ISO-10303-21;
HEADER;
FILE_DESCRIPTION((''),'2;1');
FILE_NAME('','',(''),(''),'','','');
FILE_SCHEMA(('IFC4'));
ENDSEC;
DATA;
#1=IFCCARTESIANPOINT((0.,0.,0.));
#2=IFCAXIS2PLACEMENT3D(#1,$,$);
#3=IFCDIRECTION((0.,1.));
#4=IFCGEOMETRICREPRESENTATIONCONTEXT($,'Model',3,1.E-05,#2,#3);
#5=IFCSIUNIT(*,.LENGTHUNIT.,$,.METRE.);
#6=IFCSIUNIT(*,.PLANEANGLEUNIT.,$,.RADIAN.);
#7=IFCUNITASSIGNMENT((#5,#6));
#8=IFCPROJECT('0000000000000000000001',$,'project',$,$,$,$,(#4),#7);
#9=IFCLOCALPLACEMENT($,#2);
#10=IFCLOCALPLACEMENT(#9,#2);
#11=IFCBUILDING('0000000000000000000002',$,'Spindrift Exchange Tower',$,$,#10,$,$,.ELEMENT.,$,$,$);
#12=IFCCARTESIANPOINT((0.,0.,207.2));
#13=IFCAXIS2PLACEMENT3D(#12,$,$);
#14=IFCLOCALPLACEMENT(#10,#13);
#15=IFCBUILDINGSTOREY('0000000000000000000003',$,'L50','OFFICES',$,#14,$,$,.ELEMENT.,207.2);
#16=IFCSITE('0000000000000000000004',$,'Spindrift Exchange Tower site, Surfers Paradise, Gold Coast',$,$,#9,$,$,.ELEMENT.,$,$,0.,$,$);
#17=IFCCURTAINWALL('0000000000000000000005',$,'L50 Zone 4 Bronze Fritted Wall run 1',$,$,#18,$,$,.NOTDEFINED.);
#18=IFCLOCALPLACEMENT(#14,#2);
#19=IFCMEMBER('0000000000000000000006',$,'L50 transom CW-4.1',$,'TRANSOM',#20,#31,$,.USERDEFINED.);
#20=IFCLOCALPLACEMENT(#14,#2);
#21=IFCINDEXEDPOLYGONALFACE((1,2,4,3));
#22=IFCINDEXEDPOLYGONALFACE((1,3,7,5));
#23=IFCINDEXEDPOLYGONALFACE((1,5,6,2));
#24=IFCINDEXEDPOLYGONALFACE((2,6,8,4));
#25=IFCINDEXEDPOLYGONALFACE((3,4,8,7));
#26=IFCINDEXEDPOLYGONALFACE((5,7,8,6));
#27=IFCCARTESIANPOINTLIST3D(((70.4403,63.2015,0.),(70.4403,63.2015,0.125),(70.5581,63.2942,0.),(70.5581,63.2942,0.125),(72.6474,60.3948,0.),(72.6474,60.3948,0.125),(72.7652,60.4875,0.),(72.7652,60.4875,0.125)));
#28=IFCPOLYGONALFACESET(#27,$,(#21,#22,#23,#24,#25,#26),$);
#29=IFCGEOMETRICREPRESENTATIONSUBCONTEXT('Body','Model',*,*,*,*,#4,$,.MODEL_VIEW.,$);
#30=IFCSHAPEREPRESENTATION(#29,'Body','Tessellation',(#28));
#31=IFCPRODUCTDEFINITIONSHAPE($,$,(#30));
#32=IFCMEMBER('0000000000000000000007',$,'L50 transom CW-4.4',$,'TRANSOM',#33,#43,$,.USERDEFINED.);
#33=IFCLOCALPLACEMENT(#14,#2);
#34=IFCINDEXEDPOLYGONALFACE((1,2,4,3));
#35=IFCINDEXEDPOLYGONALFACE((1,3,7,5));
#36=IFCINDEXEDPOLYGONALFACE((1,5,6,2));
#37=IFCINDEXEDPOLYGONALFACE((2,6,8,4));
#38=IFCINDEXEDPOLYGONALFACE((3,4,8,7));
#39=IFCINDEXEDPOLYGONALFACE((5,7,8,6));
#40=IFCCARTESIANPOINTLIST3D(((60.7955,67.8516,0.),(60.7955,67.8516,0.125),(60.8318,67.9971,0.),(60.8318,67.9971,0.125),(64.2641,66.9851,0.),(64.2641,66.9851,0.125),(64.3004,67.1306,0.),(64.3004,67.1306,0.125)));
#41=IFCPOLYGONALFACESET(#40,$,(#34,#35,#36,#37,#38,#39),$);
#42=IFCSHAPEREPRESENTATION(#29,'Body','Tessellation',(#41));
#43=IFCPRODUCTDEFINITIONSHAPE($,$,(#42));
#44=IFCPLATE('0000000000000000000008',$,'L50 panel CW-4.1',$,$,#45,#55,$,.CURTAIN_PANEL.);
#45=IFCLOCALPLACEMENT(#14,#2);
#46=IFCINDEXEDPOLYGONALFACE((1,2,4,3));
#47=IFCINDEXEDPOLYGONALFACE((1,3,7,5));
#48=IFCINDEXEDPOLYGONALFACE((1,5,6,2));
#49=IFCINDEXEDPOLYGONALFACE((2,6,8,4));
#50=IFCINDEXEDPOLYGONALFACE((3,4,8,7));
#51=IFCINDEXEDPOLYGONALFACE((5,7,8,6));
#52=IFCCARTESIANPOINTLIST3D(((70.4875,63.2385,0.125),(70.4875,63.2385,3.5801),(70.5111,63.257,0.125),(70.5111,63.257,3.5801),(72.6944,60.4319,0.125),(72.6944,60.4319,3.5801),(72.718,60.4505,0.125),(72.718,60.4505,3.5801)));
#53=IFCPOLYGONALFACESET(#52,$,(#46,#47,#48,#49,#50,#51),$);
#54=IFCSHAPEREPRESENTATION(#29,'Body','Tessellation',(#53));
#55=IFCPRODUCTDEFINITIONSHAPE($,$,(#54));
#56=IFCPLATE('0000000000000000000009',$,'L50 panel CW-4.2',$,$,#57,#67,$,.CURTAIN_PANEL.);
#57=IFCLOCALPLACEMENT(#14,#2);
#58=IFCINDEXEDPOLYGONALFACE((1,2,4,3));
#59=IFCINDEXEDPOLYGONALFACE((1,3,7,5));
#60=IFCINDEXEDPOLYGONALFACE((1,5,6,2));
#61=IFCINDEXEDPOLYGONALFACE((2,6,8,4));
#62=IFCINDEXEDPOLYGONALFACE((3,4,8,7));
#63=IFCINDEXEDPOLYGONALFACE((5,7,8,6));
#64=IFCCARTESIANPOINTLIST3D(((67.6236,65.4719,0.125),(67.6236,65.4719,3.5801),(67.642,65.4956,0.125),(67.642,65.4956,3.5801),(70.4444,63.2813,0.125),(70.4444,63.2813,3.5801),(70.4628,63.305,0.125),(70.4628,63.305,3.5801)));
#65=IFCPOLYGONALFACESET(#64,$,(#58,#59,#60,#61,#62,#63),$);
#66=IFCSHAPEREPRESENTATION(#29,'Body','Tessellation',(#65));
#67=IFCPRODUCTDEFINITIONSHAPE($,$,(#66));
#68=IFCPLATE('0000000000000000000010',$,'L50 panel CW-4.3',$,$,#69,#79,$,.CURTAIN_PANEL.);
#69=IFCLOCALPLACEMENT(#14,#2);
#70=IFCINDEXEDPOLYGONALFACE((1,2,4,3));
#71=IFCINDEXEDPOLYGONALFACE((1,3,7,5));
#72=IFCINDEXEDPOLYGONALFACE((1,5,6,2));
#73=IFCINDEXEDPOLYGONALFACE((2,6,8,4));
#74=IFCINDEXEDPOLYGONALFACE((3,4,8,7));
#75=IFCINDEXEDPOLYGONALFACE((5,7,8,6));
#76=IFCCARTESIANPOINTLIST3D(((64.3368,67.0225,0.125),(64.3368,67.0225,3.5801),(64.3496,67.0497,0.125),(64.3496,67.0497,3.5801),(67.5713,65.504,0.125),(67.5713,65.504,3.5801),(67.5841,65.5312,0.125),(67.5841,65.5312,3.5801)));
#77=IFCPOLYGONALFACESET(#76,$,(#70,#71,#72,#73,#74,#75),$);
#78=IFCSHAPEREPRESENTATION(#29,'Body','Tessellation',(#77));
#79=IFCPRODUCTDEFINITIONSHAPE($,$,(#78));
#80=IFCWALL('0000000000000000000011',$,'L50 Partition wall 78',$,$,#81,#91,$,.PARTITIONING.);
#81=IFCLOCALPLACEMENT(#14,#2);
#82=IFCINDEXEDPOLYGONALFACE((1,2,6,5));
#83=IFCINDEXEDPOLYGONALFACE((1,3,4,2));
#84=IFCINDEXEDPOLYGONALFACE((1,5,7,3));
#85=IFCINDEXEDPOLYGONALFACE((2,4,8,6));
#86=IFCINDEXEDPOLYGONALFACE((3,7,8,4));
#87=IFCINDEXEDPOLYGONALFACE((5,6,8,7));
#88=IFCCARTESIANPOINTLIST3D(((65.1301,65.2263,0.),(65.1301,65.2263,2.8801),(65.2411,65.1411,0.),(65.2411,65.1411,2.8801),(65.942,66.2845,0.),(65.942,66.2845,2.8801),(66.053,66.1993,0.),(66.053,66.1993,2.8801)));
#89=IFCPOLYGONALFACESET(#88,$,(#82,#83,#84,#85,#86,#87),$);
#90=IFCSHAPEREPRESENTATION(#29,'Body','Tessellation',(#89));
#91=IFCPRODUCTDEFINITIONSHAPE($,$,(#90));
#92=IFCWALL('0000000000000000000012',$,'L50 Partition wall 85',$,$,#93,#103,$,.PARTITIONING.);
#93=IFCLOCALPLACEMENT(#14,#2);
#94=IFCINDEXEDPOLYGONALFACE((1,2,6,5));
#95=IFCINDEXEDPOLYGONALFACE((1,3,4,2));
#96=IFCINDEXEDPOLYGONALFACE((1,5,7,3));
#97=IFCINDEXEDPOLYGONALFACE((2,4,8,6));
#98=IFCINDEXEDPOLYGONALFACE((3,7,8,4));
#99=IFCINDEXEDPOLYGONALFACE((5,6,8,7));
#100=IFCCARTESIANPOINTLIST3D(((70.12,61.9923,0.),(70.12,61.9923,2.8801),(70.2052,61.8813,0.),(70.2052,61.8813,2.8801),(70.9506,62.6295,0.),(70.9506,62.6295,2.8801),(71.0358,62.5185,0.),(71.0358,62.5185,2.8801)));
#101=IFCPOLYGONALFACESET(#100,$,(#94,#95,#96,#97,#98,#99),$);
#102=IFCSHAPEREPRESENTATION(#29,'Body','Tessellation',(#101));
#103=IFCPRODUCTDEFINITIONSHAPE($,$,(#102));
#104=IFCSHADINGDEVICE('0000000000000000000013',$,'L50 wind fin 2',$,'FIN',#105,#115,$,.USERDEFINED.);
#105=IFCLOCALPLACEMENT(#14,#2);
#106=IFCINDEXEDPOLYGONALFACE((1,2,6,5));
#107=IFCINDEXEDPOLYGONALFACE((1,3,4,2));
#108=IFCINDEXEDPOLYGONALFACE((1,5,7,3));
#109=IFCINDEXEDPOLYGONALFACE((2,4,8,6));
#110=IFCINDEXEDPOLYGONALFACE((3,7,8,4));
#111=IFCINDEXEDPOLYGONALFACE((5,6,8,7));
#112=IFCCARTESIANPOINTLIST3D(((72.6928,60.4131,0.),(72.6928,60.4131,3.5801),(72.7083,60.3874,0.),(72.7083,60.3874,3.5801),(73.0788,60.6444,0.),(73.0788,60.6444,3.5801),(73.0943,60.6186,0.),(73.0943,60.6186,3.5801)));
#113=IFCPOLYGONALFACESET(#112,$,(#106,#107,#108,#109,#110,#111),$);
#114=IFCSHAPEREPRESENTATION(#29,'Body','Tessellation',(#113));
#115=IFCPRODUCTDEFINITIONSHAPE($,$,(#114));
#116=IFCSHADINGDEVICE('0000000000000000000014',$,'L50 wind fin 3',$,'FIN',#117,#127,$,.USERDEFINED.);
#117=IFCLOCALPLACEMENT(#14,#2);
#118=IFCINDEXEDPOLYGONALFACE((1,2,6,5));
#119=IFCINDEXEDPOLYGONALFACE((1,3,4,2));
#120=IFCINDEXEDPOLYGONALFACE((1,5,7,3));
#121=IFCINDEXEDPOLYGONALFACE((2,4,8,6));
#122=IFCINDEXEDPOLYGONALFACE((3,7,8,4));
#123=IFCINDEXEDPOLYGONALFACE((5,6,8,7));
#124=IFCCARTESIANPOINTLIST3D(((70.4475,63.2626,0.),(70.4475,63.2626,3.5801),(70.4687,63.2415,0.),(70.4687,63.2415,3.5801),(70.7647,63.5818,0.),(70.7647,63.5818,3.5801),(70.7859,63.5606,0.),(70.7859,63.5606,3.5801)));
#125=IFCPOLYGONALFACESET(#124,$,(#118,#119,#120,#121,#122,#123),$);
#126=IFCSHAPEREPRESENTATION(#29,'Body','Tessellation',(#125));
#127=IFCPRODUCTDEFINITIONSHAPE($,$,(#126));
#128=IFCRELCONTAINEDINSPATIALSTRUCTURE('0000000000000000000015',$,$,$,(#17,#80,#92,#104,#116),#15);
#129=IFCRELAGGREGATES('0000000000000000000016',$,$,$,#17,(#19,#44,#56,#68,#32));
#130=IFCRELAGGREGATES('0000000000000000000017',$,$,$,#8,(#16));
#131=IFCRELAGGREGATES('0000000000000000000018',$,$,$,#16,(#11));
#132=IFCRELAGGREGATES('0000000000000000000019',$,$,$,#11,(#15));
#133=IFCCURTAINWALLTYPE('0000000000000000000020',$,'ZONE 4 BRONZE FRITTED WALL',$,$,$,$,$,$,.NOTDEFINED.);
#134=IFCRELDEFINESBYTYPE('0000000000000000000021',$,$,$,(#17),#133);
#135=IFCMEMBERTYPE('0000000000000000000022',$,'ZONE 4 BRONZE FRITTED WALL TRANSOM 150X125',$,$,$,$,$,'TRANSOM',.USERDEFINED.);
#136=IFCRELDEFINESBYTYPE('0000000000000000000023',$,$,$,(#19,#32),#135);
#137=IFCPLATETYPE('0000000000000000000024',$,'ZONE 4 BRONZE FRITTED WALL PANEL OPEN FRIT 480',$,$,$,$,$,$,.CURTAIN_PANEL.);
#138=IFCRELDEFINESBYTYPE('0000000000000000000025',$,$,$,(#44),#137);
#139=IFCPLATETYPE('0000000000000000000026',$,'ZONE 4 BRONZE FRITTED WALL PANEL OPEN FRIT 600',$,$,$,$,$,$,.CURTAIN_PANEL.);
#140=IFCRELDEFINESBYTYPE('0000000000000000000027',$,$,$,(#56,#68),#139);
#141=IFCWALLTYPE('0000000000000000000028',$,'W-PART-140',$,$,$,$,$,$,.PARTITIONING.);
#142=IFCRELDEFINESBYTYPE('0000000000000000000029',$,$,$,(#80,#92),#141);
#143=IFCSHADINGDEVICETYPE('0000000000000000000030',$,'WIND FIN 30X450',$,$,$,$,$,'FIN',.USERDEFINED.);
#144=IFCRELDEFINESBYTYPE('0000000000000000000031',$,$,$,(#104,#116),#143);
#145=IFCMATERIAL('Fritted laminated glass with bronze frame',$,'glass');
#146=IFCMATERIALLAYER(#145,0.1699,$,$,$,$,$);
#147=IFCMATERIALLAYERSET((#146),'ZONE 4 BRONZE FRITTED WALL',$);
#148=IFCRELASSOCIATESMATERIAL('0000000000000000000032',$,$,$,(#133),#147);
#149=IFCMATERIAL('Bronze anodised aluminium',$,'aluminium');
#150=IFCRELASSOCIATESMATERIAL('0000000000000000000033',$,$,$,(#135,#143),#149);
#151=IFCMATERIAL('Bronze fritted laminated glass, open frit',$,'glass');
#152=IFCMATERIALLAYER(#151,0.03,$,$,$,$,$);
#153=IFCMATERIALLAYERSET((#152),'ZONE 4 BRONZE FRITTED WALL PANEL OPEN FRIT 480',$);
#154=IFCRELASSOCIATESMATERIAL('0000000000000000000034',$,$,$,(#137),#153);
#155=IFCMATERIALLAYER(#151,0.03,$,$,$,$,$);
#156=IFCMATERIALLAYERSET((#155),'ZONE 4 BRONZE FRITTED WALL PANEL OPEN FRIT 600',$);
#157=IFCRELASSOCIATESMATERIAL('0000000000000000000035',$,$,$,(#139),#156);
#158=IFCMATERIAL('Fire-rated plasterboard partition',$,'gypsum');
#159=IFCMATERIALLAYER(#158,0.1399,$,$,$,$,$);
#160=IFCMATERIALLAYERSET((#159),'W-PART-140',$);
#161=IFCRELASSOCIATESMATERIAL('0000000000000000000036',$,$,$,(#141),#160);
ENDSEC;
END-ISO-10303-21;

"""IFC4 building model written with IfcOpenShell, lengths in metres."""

from ifc_helpers import new_model, si_unit, direction, frame, frame_2d, origin, origin_2d, place, context, subcontext, project, spatial, rectangle, extrude, source, transform, mapped, material, layer, layer_set, material_profile, profile_set, type_object, element, aggregate, save


model = new_model("IFC4")

# Units and contexts
model_context = context("Model", 3, precision=1e-05, world=origin(), true_north=direction((0.0, 1.0)))
body_context = subcontext(model_context, "Body", "Model", "MODEL_VIEW")
ifc_project = project(units=[si_unit("LENGTHUNIT", "METRE"), si_unit("PLANEANGLEUNIT", "RADIAN")], contexts=[model_context])

# Site, building, storey
site_placement = place(None, origin())
site = spatial("IfcSite", under=ifc_project, at=site_placement, Name="Spindrift Exchange Tower site, Surfers Paradise, Gold Coast", CompositionType="ELEMENT", RefElevation=0.0)
building_placement = place(site_placement, origin())
building = spatial("IfcBuilding", under=site, at=building_placement, Name="Spindrift Exchange Tower", CompositionType="ELEMENT")
storey_placement = place(building_placement, frame((0.0, 0.0, 207.2)))
storey = spatial("IfcBuildingStorey", under=building, at=storey_placement, Name="L50", Description="OFFICES", CompositionType="ELEMENT", Elevation=207.2)

# Curtain wall, members, plates
ifc_material_1 = material(Name="Fritted laminated glass with bronze frame", Category="glass")
ifc_layer_1 = layer(ifc_material_1, 0.1699)
ifc_layer_set_1 = layer_set([ifc_layer_1], Name="ZONE 4 BRONZE FRITTED WALL")
curtain_wall_type = type_object("IfcCurtainWallType", Name="ZONE 4 BRONZE FRITTED WALL", PredefinedType="NOTDEFINED", material=ifc_layer_set_1)
curtain_wall_placement = place(storey_placement, origin())
curtain_wall = element("IfcCurtainWall", 1, at=curtain_wall_placement, inside=storey, type_object=curtain_wall_type, Name="L50 Zone 4 Bronze Fritted Wall run 1", PredefinedType="NOTDEFINED")
ifc_material_2 = material(Name="Bronze anodised aluminium", Category="aluminium")
ifc_material_profile_1 = material_profile(ifc_material_2, rectangle(XDim=0.1499, YDim=0.125, at=origin_2d()), Name="ZONE 4 BRONZE FRITTED WALL TRANSOM 150X125")
ifc_profile_set_1 = profile_set([ifc_material_profile_1], Name="Bronze anodised aluminium")
member_type_1 = type_object("IfcMemberType", Name="ZONE 4 BRONZE FRITTED WALL TRANSOM 150X125", ElementType="TRANSOM", PredefinedType="USERDEFINED", material=ifc_profile_set_1)
shared_shape_1 = source(origin(), body_context, "Body", "SweptSolid", [
    extrude(rectangle(XDim=0.1499, YDim=0.125, at=origin_2d()), origin(), (0.0, 0.0, 1.0), 3.5706),
])
member_1_placement = place(storey_placement, frame((72.7063, 60.4412, 0.0625), z_axis=(-0.618136, 0.786072, 0.0), x_axis=(-0.786072, -0.618136, 0.0)))
member_1 = element("IfcMember", 2, at=member_1_placement, type_object=member_type_1, Name="L50 transom CW-4.1", ObjectType="TRANSOM", PredefinedType="USERDEFINED", context=body_context, shape_type="MappedRepresentation", body=[
    mapped(shared_shape_1, transform((0.0, 0.0, 0.0), scale=1.0)),
])
shared_shape_2 = source(origin(), body_context, "Body", "SweptSolid", [
    extrude(rectangle(XDim=0.1499, YDim=0.125, at=origin_2d()), origin(), (0.0, 0.0, 1.0), 3.5752),
])
member_2_placement = place(storey_placement, frame((64.2822, 67.0579, 0.0625), z_axis=(-0.970187, 0.242359, 0.0), x_axis=(-0.242359, -0.970187, 0.0)))
member_2 = element("IfcMember", 3, at=member_2_placement, type_object=member_type_1, Name="L50 transom CW-4.4", ObjectType="TRANSOM", PredefinedType="USERDEFINED", context=body_context, shape_type="MappedRepresentation", body=[
    mapped(shared_shape_2, transform((0.0, 0.0, 0.0), scale=1.0)),
])
ifc_material_3 = material(Name="Bronze fritted laminated glass, open frit", Category="glass")
ifc_layer_2 = layer(ifc_material_3, 0.03)
ifc_layer_set_2 = layer_set([ifc_layer_2], Name="ZONE 4 BRONZE FRITTED WALL PANEL OPEN FRIT 480")
plate_type_1 = type_object("IfcPlateType", Name="ZONE 4 BRONZE FRITTED WALL PANEL OPEN FRIT 480", PredefinedType="CURTAIN_PANEL", material=ifc_layer_set_2)
shared_shape_3 = source(origin(), body_context, "Body", "SweptSolid", [
    extrude(rectangle(XDim=3.5703, YDim=0.03, at=origin_2d()), origin(), (0.0, 0.0, 1.0), 3.4551),
])
plate_1_placement = place(storey_placement, frame((71.6028, 61.8445, 0.125), z_axis=(0.0, 0.0, 1.0), x_axis=(-0.618118, 0.786086, 0.0)))
plate_1 = element("IfcPlate", 4, at=plate_1_placement, type_object=plate_type_1, Name="L50 panel CW-4.1", PredefinedType="CURTAIN_PANEL", context=body_context, shape_type="MappedRepresentation", body=[
    mapped(shared_shape_3, transform((0.0, 0.0, 0.0), scale=1.0)),
])
ifc_layer_3 = layer(ifc_material_3, 0.03)
ifc_layer_set_3 = layer_set([ifc_layer_3], Name="ZONE 4 BRONZE FRITTED WALL PANEL OPEN FRIT 600")
plate_type_2 = type_object("IfcPlateType", Name="ZONE 4 BRONZE FRITTED WALL PANEL OPEN FRIT 600", PredefinedType="CURTAIN_PANEL", material=ifc_layer_set_3)
shared_shape_4 = source(origin(), body_context, "Body", "SweptSolid", [
    extrude(rectangle(XDim=3.5715, YDim=0.03, at=origin_2d()), origin(), (0.0, 0.0, 1.0), 3.4551),
])
plate_2_placement = place(storey_placement, frame((69.0432, 64.3884, 0.125), z_axis=(0.0, 0.0, 1.0), x_axis=(-0.789809, 0.613352, 0.0)))
plate_2 = element("IfcPlate", 5, at=plate_2_placement, type_object=plate_type_2, Name="L50 panel CW-4.2", PredefinedType="CURTAIN_PANEL", context=body_context, shape_type="MappedRepresentation", body=[
    mapped(shared_shape_4, transform((0.0, 0.0, 0.0), scale=1.0)),
])
shared_shape_5 = source(origin(), body_context, "Body", "SweptSolid", [
    extrude(rectangle(XDim=3.5732, YDim=0.03, at=origin_2d()), origin(), (0.0, 0.0, 1.0), 3.4551),
])
plate_3_placement = place(storey_placement, frame((65.9604, 66.2769, 0.125), z_axis=(0.0, 0.0, 1.0), x_axis=(-0.905203, 0.424978, 0.0)))
plate_3 = element("IfcPlate", 6, at=plate_3_placement, type_object=plate_type_2, Name="L50 panel CW-4.3", PredefinedType="CURTAIN_PANEL", context=body_context, shape_type="MappedRepresentation", body=[
    mapped(shared_shape_5, transform((0.0, 0.0, 0.0), scale=1.0)),
])
aggregate(curtain_wall, [member_1, plate_1, plate_2, plate_3, member_2])

# Walls
ifc_material_4 = material(Name="Fire-rated plasterboard partition", Category="gypsum")
ifc_layer_4 = layer(ifc_material_4, 0.1399)
ifc_layer_set_4 = layer_set([ifc_layer_4], Name="W-PART-140")
wall_type = type_object("IfcWallType", Name="W-PART-140", PredefinedType="PARTITIONING", material=ifc_layer_set_4)
wall_1_placement = place(storey_placement, frame((65.1855, 65.1836, 0.0), z_axis=(0.0, 0.0, 1.0), x_axis=(0.608693, 0.793406, 0.0)))
element("IfcWall", 7, at=wall_1_placement, inside=storey, type_object=wall_type, Name="L50 Partition wall 78", PredefinedType="PARTITIONING", context=body_context, shape_type="SweptSolid", body=[
    extrude(rectangle(XDim=1.3337, YDim=0.1399, at=frame_2d((0.667, 0.0))), origin(), (0.0, 0.0, 1.0), 2.8801),
])
wall_2_placement = place(storey_placement, frame((70.1626, 61.9368, 0.0), z_axis=(0.0, 0.0, 1.0), x_axis=(0.793404, 0.608696, 0.0)))
element("IfcWall", 8, at=wall_2_placement, inside=storey, type_object=wall_type, Name="L50 Partition wall 85", PredefinedType="PARTITIONING", context=body_context, shape_type="SweptSolid", body=[
    extrude(rectangle(XDim=1.0469, YDim=0.1399, at=frame_2d((0.5234, 0.0))), origin(), (0.0, 0.0, 1.0), 2.8801),
])

# Shading devices
ifc_material_profile_2 = material_profile(ifc_material_2, rectangle(XDim=0.03, YDim=0.45, at=origin_2d()), Name="WIND FIN 30X450")
ifc_profile_set_2 = profile_set([ifc_material_profile_2], Name="Bronze anodised aluminium")
shading_device_type = type_object("IfcShadingDeviceType", Name="WIND FIN 30X450", ElementType="FIN", PredefinedType="USERDEFINED", material=ifc_profile_set_2)
shared_shape_6 = source(origin(), body_context, "Body", "SweptSolid", [
    extrude(rectangle(XDim=0.03, YDim=0.45, at=origin_2d()), origin(), (0.0, 0.0, 1.0), 3.5801),
])
for number, where, z_axis, x_axis, name in (
    (9, (72.8936, 60.5159, 0.0), (0.0, 0.0, 1.0), (-0.513878, 0.857863, 0.0), "L50 wind fin 2"),
    (10, (70.6167, 63.4116, 0.0), (0.0, 0.0, 1.0), (-0.709242, 0.704965, 0.0), "L50 wind fin 3"),
):
    element("IfcShadingDevice", number, at=place(storey_placement, frame(where, z_axis=z_axis, x_axis=x_axis)), inside=storey, type_object=shading_device_type, Name=name, ObjectType="FIN", PredefinedType="USERDEFINED", context=body_context, shape_type="MappedRepresentation", body=[
        mapped(shared_shape_6, transform((0.0, 0.0, 0.0), scale=1.0)),
    ])

save(model, "model.ifc")
